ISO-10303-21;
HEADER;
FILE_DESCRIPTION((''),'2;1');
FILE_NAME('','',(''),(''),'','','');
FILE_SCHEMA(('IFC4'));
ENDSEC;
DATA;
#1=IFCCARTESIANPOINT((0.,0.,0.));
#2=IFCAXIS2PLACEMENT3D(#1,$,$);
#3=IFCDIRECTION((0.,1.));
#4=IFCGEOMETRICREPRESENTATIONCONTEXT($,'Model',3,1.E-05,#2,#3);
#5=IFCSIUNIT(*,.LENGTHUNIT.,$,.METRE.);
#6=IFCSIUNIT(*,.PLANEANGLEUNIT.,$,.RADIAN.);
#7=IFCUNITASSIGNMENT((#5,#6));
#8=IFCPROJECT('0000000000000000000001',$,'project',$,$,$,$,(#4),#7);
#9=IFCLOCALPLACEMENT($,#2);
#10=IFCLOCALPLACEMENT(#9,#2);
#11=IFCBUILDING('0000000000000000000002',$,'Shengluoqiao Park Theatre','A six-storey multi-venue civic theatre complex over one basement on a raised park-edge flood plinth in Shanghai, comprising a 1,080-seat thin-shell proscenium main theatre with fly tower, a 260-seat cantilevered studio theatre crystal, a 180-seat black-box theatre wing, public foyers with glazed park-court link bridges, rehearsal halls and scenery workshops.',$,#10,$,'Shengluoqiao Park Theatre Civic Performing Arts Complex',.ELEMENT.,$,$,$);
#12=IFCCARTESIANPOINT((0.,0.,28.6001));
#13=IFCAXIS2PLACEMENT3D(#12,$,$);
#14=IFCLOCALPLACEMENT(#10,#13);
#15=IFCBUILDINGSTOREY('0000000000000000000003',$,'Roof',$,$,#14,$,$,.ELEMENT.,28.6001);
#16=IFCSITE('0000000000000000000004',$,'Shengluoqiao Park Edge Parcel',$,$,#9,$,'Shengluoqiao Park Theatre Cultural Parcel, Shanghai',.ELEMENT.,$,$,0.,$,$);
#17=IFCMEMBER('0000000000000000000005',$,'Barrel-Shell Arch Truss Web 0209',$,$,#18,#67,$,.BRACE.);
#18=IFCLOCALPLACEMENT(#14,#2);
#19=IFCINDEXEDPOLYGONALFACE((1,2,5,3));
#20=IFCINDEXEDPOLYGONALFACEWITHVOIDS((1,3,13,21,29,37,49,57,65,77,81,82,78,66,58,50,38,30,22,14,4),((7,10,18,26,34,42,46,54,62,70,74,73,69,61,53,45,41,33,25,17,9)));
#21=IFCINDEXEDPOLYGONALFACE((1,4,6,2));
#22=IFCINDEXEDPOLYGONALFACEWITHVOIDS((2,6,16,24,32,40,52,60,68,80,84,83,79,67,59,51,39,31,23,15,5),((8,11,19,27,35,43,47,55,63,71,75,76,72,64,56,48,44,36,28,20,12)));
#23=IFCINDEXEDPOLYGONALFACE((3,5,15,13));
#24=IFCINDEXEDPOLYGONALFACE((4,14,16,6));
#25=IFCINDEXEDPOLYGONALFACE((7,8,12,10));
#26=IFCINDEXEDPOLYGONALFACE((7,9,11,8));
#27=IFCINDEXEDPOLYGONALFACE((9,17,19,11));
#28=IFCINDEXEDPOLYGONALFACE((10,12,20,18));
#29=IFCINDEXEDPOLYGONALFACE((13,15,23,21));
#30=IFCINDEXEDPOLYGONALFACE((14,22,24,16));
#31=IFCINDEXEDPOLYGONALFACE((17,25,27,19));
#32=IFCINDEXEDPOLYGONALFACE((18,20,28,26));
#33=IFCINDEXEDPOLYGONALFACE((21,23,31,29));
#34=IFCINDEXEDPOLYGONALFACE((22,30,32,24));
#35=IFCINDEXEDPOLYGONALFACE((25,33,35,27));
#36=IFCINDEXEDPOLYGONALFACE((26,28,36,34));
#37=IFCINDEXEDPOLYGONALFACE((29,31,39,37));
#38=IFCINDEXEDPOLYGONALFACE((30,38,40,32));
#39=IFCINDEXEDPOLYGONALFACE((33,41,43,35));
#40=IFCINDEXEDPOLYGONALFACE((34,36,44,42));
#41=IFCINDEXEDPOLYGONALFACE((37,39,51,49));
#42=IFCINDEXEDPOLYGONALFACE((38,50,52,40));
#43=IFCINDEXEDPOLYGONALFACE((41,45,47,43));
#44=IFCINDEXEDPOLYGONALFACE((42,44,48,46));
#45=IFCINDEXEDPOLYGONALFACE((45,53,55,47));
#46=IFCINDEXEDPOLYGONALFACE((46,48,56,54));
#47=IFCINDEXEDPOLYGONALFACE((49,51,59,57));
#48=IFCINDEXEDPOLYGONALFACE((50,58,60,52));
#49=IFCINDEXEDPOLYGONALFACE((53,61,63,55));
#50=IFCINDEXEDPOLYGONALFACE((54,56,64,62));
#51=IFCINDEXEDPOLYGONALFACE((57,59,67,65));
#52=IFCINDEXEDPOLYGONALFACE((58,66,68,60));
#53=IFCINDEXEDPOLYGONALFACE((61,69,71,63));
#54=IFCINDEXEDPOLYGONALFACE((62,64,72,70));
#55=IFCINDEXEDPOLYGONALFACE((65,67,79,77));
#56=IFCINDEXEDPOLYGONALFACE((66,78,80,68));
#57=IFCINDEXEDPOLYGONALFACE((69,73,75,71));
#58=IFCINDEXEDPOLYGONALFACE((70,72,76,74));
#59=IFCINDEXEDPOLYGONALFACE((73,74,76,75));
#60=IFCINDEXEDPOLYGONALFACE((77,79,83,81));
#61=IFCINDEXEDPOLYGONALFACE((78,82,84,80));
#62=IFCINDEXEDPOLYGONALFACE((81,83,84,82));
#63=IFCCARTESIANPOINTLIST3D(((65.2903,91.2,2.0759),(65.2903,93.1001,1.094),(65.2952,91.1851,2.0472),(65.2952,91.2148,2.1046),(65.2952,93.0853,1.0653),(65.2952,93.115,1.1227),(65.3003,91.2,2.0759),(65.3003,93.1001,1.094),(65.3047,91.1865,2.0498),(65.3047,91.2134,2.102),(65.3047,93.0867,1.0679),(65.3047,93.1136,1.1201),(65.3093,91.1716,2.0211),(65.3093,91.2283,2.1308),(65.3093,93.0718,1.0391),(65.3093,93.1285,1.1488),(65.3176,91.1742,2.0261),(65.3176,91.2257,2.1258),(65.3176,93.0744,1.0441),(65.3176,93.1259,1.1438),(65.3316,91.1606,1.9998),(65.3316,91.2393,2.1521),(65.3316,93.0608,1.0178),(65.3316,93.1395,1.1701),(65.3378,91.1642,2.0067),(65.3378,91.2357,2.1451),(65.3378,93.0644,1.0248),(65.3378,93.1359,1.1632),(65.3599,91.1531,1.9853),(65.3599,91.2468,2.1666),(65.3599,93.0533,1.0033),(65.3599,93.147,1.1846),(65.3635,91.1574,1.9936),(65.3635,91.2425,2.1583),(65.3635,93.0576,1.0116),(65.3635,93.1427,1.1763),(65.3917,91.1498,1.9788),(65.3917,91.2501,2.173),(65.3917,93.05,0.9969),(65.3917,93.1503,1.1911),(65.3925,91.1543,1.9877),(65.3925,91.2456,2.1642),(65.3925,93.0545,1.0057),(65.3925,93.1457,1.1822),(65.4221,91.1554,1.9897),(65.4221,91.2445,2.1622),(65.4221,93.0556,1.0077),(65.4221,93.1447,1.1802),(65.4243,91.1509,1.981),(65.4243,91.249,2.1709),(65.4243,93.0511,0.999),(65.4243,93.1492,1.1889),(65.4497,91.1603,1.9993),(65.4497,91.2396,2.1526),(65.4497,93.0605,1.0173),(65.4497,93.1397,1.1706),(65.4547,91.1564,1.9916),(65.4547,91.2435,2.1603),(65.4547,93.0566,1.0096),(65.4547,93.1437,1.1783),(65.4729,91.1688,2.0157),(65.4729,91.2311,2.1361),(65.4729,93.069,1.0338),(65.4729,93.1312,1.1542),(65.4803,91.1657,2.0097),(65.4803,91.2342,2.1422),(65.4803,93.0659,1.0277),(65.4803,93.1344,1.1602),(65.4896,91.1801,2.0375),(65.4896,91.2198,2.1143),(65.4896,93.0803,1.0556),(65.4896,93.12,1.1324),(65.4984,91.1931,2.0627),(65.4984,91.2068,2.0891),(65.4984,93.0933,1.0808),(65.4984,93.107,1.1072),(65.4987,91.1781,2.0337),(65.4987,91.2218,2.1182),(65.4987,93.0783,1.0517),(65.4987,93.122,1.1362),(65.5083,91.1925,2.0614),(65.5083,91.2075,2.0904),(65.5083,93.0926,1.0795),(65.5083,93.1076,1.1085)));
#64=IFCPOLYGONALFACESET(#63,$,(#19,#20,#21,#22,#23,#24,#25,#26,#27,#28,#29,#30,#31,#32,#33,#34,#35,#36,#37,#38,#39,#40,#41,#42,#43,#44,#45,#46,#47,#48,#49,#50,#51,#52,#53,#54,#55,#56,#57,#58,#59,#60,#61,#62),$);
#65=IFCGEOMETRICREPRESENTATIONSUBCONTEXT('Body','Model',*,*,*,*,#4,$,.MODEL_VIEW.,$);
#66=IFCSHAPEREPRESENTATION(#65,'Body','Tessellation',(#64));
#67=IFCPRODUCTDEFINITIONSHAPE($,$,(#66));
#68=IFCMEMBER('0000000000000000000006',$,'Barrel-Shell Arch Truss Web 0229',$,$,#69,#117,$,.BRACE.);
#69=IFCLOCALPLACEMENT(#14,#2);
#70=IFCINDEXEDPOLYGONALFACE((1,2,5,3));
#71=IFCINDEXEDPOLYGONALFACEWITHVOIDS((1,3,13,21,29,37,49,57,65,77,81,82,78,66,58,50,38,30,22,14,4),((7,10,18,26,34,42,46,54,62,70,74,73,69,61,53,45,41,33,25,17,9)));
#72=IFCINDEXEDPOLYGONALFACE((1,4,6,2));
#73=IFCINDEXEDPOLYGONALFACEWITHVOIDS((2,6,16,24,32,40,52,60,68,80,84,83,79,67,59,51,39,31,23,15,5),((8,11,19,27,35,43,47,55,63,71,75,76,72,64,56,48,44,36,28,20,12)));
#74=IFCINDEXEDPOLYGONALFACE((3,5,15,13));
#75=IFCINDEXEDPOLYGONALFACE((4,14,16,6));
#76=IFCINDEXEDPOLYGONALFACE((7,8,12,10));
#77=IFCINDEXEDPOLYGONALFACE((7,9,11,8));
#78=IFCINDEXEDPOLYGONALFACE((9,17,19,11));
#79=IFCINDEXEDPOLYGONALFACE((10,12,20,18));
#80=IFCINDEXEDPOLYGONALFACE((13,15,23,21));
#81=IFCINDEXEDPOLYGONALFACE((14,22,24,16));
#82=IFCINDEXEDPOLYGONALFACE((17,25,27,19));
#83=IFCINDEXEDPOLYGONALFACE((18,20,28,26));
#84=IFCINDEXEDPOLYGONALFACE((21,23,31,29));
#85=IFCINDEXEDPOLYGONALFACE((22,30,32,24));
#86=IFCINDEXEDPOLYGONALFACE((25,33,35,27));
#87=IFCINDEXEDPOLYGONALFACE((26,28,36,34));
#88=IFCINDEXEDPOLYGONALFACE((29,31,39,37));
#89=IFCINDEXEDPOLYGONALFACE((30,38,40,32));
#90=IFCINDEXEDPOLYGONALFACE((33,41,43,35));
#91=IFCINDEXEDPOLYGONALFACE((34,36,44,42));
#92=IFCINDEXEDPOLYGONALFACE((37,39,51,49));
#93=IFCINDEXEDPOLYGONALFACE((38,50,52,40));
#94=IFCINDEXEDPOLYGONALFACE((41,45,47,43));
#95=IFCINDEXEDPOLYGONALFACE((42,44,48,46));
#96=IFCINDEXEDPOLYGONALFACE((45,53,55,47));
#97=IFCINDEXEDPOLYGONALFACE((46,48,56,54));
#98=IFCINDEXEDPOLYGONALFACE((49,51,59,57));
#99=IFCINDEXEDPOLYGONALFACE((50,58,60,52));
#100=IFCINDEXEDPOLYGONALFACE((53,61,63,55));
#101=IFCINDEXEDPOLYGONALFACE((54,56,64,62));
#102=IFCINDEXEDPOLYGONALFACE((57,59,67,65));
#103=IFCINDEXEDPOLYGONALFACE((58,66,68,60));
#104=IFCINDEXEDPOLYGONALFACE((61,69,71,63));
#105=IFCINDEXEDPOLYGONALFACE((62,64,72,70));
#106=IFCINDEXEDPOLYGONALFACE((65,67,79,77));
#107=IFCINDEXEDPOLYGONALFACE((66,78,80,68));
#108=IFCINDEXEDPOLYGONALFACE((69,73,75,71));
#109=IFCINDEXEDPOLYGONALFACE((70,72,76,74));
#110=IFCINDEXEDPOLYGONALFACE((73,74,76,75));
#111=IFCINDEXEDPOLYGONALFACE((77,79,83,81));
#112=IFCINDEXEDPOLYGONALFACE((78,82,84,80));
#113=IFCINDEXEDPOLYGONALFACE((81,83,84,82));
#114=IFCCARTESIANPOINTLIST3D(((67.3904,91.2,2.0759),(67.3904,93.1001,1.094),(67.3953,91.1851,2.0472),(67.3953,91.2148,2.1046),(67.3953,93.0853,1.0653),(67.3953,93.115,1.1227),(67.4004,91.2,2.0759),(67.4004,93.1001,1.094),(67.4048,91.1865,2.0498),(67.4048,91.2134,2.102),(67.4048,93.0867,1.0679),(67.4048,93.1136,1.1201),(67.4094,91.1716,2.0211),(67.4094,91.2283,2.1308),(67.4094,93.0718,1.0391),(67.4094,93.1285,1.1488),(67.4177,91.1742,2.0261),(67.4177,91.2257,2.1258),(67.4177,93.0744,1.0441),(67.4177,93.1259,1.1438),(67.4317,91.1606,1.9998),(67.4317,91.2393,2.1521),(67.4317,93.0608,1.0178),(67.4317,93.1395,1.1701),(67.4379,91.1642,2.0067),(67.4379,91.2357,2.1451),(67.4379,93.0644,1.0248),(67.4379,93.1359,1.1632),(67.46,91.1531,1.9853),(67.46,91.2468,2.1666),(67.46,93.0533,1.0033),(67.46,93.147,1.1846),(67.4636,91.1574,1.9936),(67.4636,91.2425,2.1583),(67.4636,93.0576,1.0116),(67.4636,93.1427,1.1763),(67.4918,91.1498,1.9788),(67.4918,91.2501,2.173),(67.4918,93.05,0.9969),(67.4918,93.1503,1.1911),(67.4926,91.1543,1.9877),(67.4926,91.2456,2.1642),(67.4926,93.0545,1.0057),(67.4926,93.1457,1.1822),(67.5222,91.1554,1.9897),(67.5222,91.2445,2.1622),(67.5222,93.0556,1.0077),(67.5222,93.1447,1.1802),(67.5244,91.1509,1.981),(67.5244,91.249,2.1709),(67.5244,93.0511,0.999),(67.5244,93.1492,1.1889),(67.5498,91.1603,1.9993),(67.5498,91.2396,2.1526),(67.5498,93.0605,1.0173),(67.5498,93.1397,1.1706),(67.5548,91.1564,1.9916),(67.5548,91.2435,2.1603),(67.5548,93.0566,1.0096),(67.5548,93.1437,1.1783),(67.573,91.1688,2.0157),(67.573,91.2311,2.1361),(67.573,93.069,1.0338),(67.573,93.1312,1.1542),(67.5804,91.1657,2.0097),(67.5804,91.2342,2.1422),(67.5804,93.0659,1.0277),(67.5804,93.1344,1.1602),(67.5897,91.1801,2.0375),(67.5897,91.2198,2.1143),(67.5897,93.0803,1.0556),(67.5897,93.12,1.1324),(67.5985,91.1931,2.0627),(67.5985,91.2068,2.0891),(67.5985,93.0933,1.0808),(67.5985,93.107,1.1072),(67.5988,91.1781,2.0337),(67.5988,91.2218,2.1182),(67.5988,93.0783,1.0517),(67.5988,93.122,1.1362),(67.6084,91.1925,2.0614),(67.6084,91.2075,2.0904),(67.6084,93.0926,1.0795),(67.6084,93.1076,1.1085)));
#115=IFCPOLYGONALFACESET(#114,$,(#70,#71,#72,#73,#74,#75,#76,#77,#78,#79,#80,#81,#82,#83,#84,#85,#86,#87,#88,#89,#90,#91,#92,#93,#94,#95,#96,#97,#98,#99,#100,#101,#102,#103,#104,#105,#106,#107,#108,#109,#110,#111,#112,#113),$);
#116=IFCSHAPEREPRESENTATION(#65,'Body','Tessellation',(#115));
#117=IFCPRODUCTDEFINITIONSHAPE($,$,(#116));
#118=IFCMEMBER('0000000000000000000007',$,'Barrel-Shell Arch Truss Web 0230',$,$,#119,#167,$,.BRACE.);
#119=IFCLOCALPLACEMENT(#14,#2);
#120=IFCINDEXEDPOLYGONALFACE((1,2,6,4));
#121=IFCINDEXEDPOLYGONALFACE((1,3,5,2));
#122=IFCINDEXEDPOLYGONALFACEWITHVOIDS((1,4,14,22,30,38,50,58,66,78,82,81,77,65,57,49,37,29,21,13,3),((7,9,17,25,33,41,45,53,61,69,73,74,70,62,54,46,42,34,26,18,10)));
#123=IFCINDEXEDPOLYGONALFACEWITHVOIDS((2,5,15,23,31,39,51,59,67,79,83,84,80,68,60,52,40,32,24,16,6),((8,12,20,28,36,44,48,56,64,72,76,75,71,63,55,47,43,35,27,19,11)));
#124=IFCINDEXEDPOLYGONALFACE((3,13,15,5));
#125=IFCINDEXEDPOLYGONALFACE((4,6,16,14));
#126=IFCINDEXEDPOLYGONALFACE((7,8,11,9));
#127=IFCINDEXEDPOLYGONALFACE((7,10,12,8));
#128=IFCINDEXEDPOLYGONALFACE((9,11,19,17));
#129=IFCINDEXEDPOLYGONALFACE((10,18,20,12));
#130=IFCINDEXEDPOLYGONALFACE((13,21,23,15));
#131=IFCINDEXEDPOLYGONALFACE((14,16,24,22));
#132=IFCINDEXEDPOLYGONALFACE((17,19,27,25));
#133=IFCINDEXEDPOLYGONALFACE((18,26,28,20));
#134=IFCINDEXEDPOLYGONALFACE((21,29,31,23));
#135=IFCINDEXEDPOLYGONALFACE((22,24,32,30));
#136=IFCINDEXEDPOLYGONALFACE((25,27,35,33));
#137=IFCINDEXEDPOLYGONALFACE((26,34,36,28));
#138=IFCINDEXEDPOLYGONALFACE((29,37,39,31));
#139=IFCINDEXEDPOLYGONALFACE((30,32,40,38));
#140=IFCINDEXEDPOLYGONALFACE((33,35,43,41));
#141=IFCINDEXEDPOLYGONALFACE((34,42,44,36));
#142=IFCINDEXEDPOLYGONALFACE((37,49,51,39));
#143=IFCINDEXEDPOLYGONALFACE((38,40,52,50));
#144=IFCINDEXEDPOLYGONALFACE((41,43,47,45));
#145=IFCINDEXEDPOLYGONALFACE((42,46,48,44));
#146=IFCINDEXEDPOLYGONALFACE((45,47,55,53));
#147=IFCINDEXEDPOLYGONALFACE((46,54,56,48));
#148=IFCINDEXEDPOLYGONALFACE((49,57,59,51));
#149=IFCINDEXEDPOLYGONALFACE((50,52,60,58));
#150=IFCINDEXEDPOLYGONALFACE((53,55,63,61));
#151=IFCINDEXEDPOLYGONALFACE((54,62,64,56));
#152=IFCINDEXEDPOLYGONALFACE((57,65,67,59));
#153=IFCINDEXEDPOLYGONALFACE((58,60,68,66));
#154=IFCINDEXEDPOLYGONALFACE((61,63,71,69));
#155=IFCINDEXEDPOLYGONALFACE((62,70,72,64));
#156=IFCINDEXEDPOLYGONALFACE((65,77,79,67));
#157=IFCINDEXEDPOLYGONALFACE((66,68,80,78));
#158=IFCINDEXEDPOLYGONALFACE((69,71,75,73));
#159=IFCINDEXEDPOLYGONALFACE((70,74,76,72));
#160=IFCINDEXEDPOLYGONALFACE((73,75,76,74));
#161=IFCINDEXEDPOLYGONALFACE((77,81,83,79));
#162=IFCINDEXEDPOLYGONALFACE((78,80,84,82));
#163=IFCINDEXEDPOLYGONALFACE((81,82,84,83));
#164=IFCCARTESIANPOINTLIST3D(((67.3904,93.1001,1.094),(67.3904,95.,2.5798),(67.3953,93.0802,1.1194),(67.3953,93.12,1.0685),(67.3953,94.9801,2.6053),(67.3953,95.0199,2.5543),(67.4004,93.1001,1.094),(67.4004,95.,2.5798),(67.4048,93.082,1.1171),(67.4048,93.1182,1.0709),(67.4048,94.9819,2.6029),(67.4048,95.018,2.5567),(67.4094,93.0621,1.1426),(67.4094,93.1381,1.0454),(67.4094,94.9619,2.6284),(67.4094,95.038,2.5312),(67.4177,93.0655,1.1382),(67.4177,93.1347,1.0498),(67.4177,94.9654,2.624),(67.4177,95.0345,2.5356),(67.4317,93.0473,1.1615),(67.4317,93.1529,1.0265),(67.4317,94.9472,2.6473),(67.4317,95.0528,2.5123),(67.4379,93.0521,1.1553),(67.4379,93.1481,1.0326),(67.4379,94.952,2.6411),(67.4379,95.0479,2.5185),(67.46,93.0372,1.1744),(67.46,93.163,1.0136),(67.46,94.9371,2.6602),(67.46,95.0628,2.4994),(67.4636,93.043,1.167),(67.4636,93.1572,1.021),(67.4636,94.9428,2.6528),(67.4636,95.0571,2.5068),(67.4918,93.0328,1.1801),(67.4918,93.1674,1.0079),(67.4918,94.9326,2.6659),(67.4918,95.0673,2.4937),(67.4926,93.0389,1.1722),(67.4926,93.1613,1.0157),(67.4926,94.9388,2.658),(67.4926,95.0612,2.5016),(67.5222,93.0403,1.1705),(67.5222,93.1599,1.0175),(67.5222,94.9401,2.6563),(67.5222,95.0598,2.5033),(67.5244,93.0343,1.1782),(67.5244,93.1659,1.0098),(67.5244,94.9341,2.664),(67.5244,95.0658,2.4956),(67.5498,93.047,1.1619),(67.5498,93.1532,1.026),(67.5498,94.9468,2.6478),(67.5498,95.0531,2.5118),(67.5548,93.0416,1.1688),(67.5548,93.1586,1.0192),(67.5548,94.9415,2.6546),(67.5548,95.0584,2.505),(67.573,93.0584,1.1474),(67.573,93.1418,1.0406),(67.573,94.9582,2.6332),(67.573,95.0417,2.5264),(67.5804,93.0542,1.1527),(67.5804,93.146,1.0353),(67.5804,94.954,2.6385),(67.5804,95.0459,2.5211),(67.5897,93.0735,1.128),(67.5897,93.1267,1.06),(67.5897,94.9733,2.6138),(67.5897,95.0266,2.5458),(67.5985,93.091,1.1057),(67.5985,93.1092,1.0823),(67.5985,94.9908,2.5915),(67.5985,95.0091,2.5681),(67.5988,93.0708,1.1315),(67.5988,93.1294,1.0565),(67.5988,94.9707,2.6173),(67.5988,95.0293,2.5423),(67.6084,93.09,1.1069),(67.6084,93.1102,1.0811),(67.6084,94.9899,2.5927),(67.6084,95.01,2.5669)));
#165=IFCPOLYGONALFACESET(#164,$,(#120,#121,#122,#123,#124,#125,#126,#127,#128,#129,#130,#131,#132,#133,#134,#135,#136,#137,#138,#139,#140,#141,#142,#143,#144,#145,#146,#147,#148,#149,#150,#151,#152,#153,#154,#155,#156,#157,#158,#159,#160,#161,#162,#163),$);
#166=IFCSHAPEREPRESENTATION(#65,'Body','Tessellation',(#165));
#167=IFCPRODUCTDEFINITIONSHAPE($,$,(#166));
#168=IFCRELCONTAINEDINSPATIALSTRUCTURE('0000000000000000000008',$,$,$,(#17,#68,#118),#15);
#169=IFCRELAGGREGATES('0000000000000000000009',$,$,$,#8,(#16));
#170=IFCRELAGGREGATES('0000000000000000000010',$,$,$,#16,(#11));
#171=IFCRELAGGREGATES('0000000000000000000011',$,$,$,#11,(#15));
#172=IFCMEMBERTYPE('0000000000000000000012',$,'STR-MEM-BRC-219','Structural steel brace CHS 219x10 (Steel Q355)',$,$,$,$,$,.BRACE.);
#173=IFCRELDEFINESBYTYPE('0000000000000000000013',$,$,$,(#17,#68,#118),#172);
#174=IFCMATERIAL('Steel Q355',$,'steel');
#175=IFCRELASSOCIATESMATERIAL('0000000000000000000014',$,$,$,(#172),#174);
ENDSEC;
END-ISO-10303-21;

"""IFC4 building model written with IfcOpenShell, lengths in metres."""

from ifc_helpers import new_model, si_unit, direction, frame, origin, origin_2d, place, context, subcontext, project, spatial, hollow_circle, extrude, material, material_profile, profile_set, type_object, element, save


model = new_model("IFC4")

# Units and contexts
model_context = context("Model", 3, precision=1e-05, world=origin(), true_north=direction((0.0, 1.0)))
body_context = subcontext(model_context, "Body", "Model", "MODEL_VIEW")
ifc_project = project(units=[si_unit("LENGTHUNIT", "METRE"), si_unit("PLANEANGLEUNIT", "RADIAN")], contexts=[model_context])

# Site, building, storey
site_placement = place(None, origin())
site = spatial("IfcSite", under=ifc_project, at=site_placement, Name="Shengluoqiao Park Edge Parcel", LongName="Shengluoqiao Park Theatre Cultural Parcel, Shanghai", CompositionType="ELEMENT", RefElevation=0.0)
building_placement = place(site_placement, origin())
building = spatial("IfcBuilding", under=site, at=building_placement, Name="Shengluoqiao Park Theatre", Description="A six-storey multi-venue civic theatre complex over one basement on a raised park-edge flood plinth in Shanghai, comprising a 1,080-seat thin-shell proscenium main theatre with fly tower, a 260-seat cantilevered studio theatre crystal, a 180-seat black-box theatre wing, public foyers with glazed park-court link bridges, rehearsal halls and scenery workshops.", LongName="Shengluoqiao Park Theatre Civic Performing Arts Complex", CompositionType="ELEMENT")
storey_placement = place(building_placement, frame((0.0, 0.0, 28.6001)))
storey = spatial("IfcBuildingStorey", under=building, at=storey_placement, Name="Roof", CompositionType="ELEMENT", Elevation=28.6001)

# Shared definitions
ifc_material_1 = material(Name="Steel Q355", Category="steel")

# Members
ifc_material_profile_1 = material_profile(ifc_material_1, hollow_circle(Radius=0.1096, WallThickness=0.01, at=origin_2d()), Name="CHS 219x10")
ifc_profile_set_1 = profile_set([ifc_material_profile_1], Name="Steel Q355")
member_type_1 = type_object("IfcMemberType", Name="STR-MEM-BRC-219", Description="Structural steel brace CHS 219x10 (Steel Q355)", PredefinedType="BRACE", material=ifc_profile_set_1)
for number, where, z_axis, x_axis, name in (
    (1, (65.3999, 91.2, 2.0759), (0.0, 0.888389, -0.459091), (-1.0, 0.0, 0.0), "Barrel-Shell Arch Truss Web 0209"),
    (2, (67.5, 91.2, 2.0759), (0.0, 0.888389, -0.459091), (-1.0, 0.0, 0.0), "Barrel-Shell Arch Truss Web 0229"),
):
    element("IfcMember", number, at=place(storey_placement, frame(where, z_axis=z_axis, x_axis=x_axis)), inside=storey, type_object=member_type_1, Name=name, PredefinedType="BRACE", context=body_context, shape_type="SweptSolid", body=[
        extrude(hollow_circle(Radius=0.1096, WallThickness=0.01, at=origin_2d()), origin(), (0.0, 0.0, 1.0), 2.1389),
    ])
member_1_placement = place(storey_placement, frame((67.5, 93.1001, 1.094), z_axis=(0.0, 0.787714, 0.616041), x_axis=(-1.0, 0.0, 0.0)))
element("IfcMember", 3, at=member_1_placement, inside=storey, type_object=member_type_1, Name="Barrel-Shell Arch Truss Web 0230", PredefinedType="BRACE", context=body_context, shape_type="SweptSolid", body=[
    extrude(hollow_circle(Radius=0.1096, WallThickness=0.01, at=origin_2d()), origin(), (0.0, 0.0, 1.0), 2.4119),
])

save(model, "model.ifc")
